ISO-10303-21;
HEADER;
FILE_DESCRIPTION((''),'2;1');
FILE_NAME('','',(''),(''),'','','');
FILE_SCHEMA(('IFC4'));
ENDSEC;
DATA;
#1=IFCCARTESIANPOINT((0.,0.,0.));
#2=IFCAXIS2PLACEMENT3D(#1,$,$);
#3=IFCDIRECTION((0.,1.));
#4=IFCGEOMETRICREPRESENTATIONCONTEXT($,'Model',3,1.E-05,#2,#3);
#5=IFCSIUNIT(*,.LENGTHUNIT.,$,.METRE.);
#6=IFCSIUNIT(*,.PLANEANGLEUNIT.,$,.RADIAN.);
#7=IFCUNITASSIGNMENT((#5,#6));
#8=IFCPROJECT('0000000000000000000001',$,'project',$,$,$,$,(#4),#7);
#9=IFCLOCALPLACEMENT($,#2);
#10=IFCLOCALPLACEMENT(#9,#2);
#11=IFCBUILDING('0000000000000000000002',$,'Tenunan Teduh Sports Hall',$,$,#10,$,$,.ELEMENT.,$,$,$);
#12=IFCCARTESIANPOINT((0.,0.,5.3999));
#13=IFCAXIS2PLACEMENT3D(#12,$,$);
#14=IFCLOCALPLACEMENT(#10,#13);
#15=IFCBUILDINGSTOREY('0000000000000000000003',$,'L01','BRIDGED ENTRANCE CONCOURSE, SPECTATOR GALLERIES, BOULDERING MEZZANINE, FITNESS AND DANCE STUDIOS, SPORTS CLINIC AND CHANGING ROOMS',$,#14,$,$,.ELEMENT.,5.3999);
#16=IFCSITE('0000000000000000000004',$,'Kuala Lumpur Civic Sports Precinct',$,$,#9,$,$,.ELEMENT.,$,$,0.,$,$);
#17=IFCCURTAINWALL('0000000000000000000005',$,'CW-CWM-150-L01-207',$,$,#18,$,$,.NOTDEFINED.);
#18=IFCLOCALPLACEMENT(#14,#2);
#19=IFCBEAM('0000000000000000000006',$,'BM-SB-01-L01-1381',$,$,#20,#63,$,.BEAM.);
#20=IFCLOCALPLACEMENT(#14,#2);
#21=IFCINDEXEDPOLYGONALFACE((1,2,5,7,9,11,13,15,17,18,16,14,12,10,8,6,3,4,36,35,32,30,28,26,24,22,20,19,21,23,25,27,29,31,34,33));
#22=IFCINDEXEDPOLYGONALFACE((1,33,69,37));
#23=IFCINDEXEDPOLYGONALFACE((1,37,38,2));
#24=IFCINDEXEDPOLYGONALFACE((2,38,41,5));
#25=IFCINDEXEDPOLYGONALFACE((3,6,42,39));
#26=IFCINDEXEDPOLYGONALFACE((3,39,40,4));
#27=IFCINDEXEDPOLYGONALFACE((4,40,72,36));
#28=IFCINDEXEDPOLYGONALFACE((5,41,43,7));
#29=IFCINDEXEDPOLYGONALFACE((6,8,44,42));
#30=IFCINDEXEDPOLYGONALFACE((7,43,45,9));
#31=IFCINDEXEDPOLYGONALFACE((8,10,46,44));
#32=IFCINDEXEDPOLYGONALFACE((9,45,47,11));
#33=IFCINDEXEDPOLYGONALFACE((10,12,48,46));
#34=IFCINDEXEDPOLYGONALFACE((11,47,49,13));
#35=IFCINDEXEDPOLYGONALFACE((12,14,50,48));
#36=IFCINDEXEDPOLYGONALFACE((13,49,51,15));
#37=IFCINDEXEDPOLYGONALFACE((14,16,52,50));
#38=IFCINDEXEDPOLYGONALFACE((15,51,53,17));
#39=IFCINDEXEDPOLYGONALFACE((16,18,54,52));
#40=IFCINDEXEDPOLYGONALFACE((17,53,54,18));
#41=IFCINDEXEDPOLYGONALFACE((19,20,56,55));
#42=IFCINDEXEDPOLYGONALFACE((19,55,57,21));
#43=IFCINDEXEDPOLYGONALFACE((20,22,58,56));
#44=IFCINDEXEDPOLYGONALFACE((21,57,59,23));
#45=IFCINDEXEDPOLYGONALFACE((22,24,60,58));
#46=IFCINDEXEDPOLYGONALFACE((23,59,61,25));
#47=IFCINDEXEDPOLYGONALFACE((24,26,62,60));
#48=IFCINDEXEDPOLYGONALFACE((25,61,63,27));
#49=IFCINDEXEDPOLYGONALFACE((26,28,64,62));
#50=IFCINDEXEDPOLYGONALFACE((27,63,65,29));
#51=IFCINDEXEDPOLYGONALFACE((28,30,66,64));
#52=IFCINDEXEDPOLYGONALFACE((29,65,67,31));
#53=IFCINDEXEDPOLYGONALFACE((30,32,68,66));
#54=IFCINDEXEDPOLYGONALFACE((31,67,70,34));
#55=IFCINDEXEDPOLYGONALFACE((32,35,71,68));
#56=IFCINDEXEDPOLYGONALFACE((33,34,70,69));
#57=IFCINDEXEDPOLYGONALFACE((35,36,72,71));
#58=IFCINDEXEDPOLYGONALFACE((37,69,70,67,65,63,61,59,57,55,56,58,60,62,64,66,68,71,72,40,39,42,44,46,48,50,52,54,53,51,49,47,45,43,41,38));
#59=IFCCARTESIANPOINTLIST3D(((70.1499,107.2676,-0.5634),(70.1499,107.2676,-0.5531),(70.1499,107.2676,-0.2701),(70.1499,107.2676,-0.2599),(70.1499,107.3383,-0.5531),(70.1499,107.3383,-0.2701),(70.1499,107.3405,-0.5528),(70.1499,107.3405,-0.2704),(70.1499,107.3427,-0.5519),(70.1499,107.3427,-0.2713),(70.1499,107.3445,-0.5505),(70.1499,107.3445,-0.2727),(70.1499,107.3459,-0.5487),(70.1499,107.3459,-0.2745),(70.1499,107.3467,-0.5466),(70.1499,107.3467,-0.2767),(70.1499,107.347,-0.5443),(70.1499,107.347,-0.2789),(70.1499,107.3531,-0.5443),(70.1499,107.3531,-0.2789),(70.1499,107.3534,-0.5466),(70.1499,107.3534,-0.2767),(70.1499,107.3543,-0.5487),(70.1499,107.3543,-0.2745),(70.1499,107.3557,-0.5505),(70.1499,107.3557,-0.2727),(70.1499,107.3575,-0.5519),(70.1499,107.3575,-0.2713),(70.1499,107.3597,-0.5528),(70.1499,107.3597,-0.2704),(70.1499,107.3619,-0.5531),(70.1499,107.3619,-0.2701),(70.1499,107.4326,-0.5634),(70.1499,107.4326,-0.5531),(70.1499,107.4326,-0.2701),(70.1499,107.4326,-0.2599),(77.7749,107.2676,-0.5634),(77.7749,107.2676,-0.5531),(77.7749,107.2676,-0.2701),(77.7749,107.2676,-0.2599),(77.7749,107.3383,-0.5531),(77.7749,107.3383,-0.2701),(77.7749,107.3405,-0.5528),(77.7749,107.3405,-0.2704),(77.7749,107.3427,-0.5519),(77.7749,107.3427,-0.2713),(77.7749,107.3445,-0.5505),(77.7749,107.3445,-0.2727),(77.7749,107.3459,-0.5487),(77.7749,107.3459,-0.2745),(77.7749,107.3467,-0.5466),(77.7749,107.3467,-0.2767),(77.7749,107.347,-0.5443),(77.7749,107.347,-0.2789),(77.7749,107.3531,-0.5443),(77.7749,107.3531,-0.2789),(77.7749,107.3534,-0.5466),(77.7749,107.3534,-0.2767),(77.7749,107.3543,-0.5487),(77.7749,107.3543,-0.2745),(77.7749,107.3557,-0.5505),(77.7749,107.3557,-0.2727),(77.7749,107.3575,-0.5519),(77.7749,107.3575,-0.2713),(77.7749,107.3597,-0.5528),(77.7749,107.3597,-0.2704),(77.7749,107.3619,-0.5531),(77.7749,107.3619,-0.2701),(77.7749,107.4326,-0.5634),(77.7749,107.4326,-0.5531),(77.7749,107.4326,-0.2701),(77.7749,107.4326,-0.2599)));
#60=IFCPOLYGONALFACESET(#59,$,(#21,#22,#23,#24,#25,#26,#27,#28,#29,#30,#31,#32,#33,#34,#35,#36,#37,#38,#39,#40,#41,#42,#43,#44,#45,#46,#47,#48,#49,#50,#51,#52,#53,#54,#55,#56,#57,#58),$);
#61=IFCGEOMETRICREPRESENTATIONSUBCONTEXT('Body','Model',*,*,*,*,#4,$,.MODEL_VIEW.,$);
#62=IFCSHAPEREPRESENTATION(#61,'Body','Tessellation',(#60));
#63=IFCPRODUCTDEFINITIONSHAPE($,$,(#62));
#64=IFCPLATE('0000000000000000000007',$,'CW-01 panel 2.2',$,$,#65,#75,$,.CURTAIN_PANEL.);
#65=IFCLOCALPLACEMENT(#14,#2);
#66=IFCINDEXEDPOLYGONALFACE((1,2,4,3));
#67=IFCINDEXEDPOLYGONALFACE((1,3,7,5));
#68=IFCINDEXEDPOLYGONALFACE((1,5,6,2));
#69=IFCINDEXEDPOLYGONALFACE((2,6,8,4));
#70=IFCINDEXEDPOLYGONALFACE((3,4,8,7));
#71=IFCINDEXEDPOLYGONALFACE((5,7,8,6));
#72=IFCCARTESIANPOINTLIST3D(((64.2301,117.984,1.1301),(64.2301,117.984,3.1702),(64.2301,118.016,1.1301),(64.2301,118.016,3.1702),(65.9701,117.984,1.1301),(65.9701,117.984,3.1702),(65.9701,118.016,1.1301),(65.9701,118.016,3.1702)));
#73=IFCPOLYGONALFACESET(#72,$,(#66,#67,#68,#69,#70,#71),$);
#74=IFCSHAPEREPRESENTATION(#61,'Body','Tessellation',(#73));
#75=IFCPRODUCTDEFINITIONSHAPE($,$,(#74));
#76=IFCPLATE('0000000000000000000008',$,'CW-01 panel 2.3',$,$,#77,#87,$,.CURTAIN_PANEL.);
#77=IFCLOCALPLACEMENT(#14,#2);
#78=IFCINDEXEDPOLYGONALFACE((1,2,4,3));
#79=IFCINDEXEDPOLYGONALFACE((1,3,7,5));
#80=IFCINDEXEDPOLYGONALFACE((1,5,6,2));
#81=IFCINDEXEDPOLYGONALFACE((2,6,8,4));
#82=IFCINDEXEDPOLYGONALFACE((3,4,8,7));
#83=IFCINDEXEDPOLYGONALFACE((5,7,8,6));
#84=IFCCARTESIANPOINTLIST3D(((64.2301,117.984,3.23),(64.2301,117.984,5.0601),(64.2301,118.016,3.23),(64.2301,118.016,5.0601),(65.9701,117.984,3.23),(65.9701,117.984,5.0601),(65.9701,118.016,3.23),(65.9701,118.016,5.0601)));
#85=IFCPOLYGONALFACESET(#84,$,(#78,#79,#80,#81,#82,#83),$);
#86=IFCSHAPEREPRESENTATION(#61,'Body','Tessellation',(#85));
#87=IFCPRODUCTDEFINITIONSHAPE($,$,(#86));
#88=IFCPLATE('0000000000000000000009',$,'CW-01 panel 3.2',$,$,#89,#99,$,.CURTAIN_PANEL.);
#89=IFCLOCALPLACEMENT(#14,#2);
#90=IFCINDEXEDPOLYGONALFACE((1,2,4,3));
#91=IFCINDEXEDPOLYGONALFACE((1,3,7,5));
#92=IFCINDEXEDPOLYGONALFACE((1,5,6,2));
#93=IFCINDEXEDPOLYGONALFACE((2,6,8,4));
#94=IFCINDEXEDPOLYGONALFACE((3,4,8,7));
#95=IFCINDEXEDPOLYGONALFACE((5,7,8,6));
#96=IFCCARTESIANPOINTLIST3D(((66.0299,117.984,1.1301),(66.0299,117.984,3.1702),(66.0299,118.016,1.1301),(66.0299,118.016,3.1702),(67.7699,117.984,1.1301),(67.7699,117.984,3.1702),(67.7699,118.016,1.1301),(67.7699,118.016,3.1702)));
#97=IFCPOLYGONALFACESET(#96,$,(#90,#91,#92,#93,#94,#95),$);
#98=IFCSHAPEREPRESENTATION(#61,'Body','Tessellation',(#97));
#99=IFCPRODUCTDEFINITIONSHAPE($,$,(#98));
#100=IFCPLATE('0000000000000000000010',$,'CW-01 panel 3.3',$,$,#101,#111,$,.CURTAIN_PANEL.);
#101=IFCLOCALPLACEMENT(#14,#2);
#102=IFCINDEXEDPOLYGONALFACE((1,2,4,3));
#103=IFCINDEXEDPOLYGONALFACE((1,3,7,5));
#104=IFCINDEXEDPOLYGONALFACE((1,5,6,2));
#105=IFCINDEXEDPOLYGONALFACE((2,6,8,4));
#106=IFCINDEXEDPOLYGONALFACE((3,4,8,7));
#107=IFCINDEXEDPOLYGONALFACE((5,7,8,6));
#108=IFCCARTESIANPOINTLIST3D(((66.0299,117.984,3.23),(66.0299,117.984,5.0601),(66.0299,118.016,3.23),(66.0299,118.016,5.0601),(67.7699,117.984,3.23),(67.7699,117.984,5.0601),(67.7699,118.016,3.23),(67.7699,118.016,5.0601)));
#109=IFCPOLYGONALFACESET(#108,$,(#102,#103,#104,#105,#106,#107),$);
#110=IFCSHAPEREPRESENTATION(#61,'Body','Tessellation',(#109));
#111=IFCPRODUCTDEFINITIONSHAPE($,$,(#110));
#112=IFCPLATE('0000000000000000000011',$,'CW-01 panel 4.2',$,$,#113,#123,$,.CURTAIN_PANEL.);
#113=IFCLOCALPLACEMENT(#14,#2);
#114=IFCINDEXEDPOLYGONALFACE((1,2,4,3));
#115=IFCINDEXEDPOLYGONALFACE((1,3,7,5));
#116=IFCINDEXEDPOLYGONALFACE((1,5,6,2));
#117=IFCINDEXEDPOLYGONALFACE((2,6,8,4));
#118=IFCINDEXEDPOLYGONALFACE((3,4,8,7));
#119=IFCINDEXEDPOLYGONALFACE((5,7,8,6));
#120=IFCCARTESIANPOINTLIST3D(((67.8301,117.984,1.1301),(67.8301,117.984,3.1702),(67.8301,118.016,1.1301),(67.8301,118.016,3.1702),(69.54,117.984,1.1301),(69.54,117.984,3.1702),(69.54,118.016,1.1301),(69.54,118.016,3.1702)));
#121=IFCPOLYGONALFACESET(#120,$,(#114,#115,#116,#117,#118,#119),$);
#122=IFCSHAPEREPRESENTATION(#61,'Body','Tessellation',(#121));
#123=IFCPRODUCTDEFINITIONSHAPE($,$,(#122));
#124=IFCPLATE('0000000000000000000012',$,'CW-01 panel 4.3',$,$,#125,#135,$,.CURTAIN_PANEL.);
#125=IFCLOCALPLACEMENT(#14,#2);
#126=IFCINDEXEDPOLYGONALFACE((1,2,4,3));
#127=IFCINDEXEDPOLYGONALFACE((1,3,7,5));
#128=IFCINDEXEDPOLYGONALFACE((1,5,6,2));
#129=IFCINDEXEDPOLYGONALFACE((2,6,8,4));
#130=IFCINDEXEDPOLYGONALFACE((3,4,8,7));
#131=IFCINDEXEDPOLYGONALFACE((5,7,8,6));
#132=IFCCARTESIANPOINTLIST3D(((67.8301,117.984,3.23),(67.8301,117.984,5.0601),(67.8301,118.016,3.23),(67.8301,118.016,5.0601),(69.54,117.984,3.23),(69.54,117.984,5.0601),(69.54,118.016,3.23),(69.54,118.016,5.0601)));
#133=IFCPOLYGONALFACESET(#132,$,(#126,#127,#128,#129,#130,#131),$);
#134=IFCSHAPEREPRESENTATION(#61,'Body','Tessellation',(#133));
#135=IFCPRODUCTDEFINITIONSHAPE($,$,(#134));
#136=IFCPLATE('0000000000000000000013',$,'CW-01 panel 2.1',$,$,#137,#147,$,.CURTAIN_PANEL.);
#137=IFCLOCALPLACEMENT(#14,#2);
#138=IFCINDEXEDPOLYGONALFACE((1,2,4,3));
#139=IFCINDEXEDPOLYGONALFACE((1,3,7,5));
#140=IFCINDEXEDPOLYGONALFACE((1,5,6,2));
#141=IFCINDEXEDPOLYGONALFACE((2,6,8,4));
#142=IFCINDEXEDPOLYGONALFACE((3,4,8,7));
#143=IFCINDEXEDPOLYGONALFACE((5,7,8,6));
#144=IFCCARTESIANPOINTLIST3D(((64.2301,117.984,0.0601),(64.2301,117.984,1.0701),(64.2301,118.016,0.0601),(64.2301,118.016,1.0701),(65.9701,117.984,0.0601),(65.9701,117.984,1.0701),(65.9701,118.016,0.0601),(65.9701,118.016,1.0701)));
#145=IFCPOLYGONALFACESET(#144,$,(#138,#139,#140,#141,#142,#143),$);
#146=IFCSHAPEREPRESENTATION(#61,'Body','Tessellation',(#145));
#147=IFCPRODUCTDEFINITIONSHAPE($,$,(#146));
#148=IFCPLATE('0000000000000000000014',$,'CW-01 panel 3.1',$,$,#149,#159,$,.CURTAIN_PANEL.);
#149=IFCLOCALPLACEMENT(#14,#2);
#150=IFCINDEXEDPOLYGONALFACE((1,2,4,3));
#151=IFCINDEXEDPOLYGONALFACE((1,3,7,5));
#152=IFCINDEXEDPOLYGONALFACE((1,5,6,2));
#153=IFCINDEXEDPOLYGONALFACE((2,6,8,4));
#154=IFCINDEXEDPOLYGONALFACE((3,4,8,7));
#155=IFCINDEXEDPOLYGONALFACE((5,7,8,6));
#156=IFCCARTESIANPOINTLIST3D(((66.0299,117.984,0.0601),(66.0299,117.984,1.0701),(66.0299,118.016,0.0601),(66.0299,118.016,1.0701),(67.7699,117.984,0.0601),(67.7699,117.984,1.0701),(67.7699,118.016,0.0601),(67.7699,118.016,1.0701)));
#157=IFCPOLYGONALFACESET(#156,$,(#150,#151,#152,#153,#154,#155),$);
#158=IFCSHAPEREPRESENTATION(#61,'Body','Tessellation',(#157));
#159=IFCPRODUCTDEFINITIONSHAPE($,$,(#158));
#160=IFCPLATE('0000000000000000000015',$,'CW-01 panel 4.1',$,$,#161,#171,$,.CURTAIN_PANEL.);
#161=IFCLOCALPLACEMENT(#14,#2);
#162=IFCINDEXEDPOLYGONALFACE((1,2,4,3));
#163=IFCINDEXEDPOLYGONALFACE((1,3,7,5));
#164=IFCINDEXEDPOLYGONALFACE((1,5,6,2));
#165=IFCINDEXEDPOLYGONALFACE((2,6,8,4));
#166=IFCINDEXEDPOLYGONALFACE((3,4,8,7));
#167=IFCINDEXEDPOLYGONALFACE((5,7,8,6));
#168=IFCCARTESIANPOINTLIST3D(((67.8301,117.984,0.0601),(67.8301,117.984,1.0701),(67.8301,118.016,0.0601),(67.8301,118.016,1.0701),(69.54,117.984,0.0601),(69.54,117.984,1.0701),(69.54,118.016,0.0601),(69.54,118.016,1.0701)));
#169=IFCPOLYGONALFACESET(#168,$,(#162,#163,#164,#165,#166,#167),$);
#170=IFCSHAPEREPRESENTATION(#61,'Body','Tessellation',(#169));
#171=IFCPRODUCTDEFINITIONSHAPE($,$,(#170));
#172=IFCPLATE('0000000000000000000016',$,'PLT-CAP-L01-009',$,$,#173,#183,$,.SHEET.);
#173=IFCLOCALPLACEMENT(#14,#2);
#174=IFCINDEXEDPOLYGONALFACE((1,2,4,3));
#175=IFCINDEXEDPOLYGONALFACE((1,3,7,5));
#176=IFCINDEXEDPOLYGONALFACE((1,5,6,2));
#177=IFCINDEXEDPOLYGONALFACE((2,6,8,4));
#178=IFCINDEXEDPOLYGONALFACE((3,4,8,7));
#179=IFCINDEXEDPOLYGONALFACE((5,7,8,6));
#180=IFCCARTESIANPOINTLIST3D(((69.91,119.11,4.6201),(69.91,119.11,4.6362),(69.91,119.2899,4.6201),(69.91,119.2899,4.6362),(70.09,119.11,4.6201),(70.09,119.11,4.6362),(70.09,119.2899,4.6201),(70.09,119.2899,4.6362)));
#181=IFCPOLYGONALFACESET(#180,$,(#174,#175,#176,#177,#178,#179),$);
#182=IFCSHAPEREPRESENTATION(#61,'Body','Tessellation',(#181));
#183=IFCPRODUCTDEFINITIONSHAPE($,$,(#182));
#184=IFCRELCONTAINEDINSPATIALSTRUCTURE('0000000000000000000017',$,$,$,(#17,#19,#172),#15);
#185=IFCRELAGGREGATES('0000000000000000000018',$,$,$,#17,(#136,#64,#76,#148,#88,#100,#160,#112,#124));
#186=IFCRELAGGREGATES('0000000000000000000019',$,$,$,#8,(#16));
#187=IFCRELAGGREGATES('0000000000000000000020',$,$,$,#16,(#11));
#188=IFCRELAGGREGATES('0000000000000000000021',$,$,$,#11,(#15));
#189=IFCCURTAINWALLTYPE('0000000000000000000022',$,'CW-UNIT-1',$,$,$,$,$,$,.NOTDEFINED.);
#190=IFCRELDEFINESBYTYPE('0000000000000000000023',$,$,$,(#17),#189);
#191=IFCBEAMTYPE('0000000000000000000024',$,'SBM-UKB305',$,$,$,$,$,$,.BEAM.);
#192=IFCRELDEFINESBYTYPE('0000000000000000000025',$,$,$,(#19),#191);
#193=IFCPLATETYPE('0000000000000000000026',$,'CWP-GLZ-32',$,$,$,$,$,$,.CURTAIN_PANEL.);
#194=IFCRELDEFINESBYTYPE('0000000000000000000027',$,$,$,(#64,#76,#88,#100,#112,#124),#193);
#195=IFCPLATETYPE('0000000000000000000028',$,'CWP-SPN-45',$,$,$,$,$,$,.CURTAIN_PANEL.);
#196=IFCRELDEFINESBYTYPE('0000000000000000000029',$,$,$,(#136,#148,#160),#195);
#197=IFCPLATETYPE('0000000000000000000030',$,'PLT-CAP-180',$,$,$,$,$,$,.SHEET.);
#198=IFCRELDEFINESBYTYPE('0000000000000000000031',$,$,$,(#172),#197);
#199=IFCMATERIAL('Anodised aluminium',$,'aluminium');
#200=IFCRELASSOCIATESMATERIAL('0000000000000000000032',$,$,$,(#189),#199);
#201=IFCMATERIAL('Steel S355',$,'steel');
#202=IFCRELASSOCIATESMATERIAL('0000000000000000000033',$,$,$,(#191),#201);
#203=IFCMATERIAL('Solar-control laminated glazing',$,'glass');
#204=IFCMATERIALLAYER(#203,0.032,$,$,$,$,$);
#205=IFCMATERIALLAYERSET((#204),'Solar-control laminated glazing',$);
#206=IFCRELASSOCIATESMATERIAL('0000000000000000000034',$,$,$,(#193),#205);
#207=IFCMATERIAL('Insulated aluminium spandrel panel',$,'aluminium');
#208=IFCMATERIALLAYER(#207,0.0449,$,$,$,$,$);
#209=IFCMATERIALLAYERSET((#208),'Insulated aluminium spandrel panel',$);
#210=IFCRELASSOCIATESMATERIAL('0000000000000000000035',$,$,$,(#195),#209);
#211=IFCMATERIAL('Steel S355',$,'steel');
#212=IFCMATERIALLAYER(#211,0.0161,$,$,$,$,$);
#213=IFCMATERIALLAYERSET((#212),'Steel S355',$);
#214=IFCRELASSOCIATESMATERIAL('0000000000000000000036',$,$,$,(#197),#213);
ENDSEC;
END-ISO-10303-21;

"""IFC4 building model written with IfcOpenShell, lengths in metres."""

from ifc_helpers import new_model, si_unit, direction, frame, origin, origin_2d, place, context, subcontext, project, spatial, rectangle, i_section, extrude, material, layer, layer_set, material_profile, profile_set, type_object, element, aggregate, save


model = new_model("IFC4")

# Units and contexts
model_context = context("Model", 3, precision=1e-05, world=origin(), true_north=direction((0.0, 1.0)))
body_context = subcontext(model_context, "Body", "Model", "MODEL_VIEW")
ifc_project = project(units=[si_unit("LENGTHUNIT", "METRE"), si_unit("PLANEANGLEUNIT", "RADIAN")], contexts=[model_context])

# Site, building, storey
site_placement = place(None, origin())
site = spatial("IfcSite", under=ifc_project, at=site_placement, Name="Kuala Lumpur Civic Sports Precinct", CompositionType="ELEMENT", RefElevation=0.0)
building_placement = place(site_placement, origin())
building = spatial("IfcBuilding", under=site, at=building_placement, Name="Tenunan Teduh Sports Hall", CompositionType="ELEMENT")
storey_placement = place(building_placement, frame((0.0, 0.0, 5.3999)))
storey = spatial("IfcBuildingStorey", under=building, at=storey_placement, Name="L01", Description="BRIDGED ENTRANCE CONCOURSE, SPECTATOR GALLERIES, BOULDERING MEZZANINE, FITNESS AND DANCE STUDIOS, SPORTS CLINIC AND CHANGING ROOMS", CompositionType="ELEMENT", Elevation=5.3999)

# Curtain wall
ifc_material_1 = material(Name="Anodised aluminium", Category="aluminium")
curtain_wall_type = type_object("IfcCurtainWallType", Name="CW-UNIT-1", PredefinedType="NOTDEFINED", material=ifc_material_1)
curtain_wall_placement = place(storey_placement, origin())
curtain_wall = element("IfcCurtainWall", 1, at=curtain_wall_placement, inside=storey, type_object=curtain_wall_type, Name="CW-CWM-150-L01-207", PredefinedType="NOTDEFINED")

# Beam
ifc_material_2 = material(Name="Steel S355", Category="steel")
ifc_material_profile_1 = material_profile(ifc_material_2, i_section(OverallWidth=0.165, OverallDepth=0.3035, WebThickness=0.0061, FlangeThickness=0.0103, FilletRadius=0.0088, at=origin_2d()), Name="UKB 305x165x40")
ifc_profile_set_1 = profile_set([ifc_material_profile_1], Name="Steel S355")
beam_type_1 = type_object("IfcBeamType", Name="SBM-UKB305", PredefinedType="BEAM", material=ifc_profile_set_1)
beam_1_placement = place(storey_placement, frame((70.1499, 107.3501, -0.4116), z_axis=(1.0, 0.0, 0.0), x_axis=(0.0, 1.0, 0.0)))
element("IfcBeam", 2, at=beam_1_placement, inside=storey, type_object=beam_type_1, Name="BM-SB-01-L01-1381", PredefinedType="BEAM", context=body_context, shape_type="SweptSolid", body=[
    extrude(i_section(OverallWidth=0.165, OverallDepth=0.3035, WebThickness=0.0061, FlangeThickness=0.0103, FilletRadius=0.0088, at=origin_2d()), origin(), (0.0, 0.0, 1.0), 7.625),
])

# Plates
ifc_material_3 = material(Name="Solar-control laminated glazing", Category="glass")
ifc_layer_1 = layer(ifc_material_3, 0.032)
ifc_layer_set_1 = layer_set([ifc_layer_1], Name="Solar-control laminated glazing")
plate_type_1 = type_object("IfcPlateType", Name="CWP-GLZ-32", PredefinedType="CURTAIN_PANEL", material=ifc_layer_set_1)
plate_1_placement = place(storey_placement, frame((65.1001, 118.0, 1.1301), z_axis=(0.0, 0.0, 1.0), x_axis=(1.0, 0.0, 0.0)))
plate_1 = element("IfcPlate", 3, at=plate_1_placement, type_object=plate_type_1, Name="CW-01 panel 2.2", PredefinedType="CURTAIN_PANEL", context=body_context, shape_type="SweptSolid", body=[
    extrude(rectangle(XDim=1.74, YDim=0.032, at=origin_2d()), origin(), (0.0, 0.0, 1.0), 2.04),
])
plate_2_placement = place(storey_placement, frame((65.1001, 118.0, 3.23), z_axis=(0.0, 0.0, 1.0), x_axis=(1.0, 0.0, 0.0)))
plate_2 = element("IfcPlate", 4, at=plate_2_placement, type_object=plate_type_1, Name="CW-01 panel 2.3", PredefinedType="CURTAIN_PANEL", context=body_context, shape_type="SweptSolid", body=[
    extrude(rectangle(XDim=1.74, YDim=0.032, at=origin_2d()), origin(), (0.0, 0.0, 1.0), 1.8301),
])
plate_3_placement = place(storey_placement, frame((66.8999, 118.0, 1.1301), z_axis=(0.0, 0.0, 1.0), x_axis=(1.0, 0.0, 0.0)))
plate_3 = element("IfcPlate", 5, at=plate_3_placement, type_object=plate_type_1, Name="CW-01 panel 3.2", PredefinedType="CURTAIN_PANEL", context=body_context, shape_type="SweptSolid", body=[
    extrude(rectangle(XDim=1.74, YDim=0.032, at=origin_2d()), origin(), (0.0, 0.0, 1.0), 2.04),
])
plate_4_placement = place(storey_placement, frame((66.8999, 118.0, 3.23), z_axis=(0.0, 0.0, 1.0), x_axis=(1.0, 0.0, 0.0)))
plate_4 = element("IfcPlate", 6, at=plate_4_placement, type_object=plate_type_1, Name="CW-01 panel 3.3", PredefinedType="CURTAIN_PANEL", context=body_context, shape_type="SweptSolid", body=[
    extrude(rectangle(XDim=1.74, YDim=0.032, at=origin_2d()), origin(), (0.0, 0.0, 1.0), 1.8301),
])
plate_5_placement = place(storey_placement, frame((68.6851, 118.0, 1.1301), z_axis=(0.0, 0.0, 1.0), x_axis=(1.0, 0.0, 0.0)))
plate_5 = element("IfcPlate", 7, at=plate_5_placement, type_object=plate_type_1, Name="CW-01 panel 4.2", PredefinedType="CURTAIN_PANEL", context=body_context, shape_type="SweptSolid", body=[
    extrude(rectangle(XDim=1.71, YDim=0.032, at=origin_2d()), origin(), (0.0, 0.0, 1.0), 2.04),
])
plate_6_placement = place(storey_placement, frame((68.6851, 118.0, 3.23), z_axis=(0.0, 0.0, 1.0), x_axis=(1.0, 0.0, 0.0)))
plate_6 = element("IfcPlate", 8, at=plate_6_placement, type_object=plate_type_1, Name="CW-01 panel 4.3", PredefinedType="CURTAIN_PANEL", context=body_context, shape_type="SweptSolid", body=[
    extrude(rectangle(XDim=1.71, YDim=0.032, at=origin_2d()), origin(), (0.0, 0.0, 1.0), 1.8301),
])
ifc_material_4 = material(Name="Insulated aluminium spandrel panel", Category="aluminium")
ifc_layer_2 = layer(ifc_material_4, 0.0449)
ifc_layer_set_2 = layer_set([ifc_layer_2], Name="Insulated aluminium spandrel panel")
plate_type_2 = type_object("IfcPlateType", Name="CWP-SPN-45", PredefinedType="CURTAIN_PANEL", material=ifc_layer_set_2)
plate_7_placement = place(storey_placement, frame((65.1001, 118.0, 0.0601), z_axis=(0.0, 0.0, 1.0), x_axis=(1.0, 0.0, 0.0)))
plate_7 = element("IfcPlate", 9, at=plate_7_placement, type_object=plate_type_2, Name="CW-01 panel 2.1", PredefinedType="CURTAIN_PANEL", context=body_context, shape_type="SweptSolid", body=[
    extrude(rectangle(XDim=1.74, YDim=0.032, at=origin_2d()), origin(), (0.0, 0.0, 1.0), 1.01),
])
plate_8_placement = place(storey_placement, frame((66.8999, 118.0, 0.0601), z_axis=(0.0, 0.0, 1.0), x_axis=(1.0, 0.0, 0.0)))
plate_8 = element("IfcPlate", 10, at=plate_8_placement, type_object=plate_type_2, Name="CW-01 panel 3.1", PredefinedType="CURTAIN_PANEL", context=body_context, shape_type="SweptSolid", body=[
    extrude(rectangle(XDim=1.74, YDim=0.032, at=origin_2d()), origin(), (0.0, 0.0, 1.0), 1.01),
])
plate_9_placement = place(storey_placement, frame((68.6851, 118.0, 0.0601), z_axis=(0.0, 0.0, 1.0), x_axis=(1.0, 0.0, 0.0)))
plate_9 = element("IfcPlate", 11, at=plate_9_placement, type_object=plate_type_2, Name="CW-01 panel 4.1", PredefinedType="CURTAIN_PANEL", context=body_context, shape_type="SweptSolid", body=[
    extrude(rectangle(XDim=1.71, YDim=0.032, at=origin_2d()), origin(), (0.0, 0.0, 1.0), 1.01),
])
aggregate(curtain_wall, [plate_7, plate_1, plate_2, plate_8, plate_3, plate_4, plate_9, plate_5, plate_6])
ifc_material_5 = material(Name="Steel S355", Category="steel")
ifc_layer_3 = layer(ifc_material_5, 0.0161)
ifc_layer_set_3 = layer_set([ifc_layer_3], Name="Steel S355")
plate_type_3 = type_object("IfcPlateType", Name="PLT-CAP-180", PredefinedType="SHEET", material=ifc_layer_set_3)
plate_10_placement = place(storey_placement, frame((70.0, 119.2, 4.6201), z_axis=(0.0, 0.0, 1.0), x_axis=(1.0, 0.0, 0.0)))
element("IfcPlate", 12, at=plate_10_placement, inside=storey, type_object=plate_type_3, Name="PLT-CAP-L01-009", PredefinedType="SHEET", context=body_context, shape_type="SweptSolid", body=[
    extrude(rectangle(XDim=0.1799, YDim=0.1799, at=origin_2d()), origin(), (0.0, 0.0, 1.0), 0.0161),
])

save(model, "model.ifc")
